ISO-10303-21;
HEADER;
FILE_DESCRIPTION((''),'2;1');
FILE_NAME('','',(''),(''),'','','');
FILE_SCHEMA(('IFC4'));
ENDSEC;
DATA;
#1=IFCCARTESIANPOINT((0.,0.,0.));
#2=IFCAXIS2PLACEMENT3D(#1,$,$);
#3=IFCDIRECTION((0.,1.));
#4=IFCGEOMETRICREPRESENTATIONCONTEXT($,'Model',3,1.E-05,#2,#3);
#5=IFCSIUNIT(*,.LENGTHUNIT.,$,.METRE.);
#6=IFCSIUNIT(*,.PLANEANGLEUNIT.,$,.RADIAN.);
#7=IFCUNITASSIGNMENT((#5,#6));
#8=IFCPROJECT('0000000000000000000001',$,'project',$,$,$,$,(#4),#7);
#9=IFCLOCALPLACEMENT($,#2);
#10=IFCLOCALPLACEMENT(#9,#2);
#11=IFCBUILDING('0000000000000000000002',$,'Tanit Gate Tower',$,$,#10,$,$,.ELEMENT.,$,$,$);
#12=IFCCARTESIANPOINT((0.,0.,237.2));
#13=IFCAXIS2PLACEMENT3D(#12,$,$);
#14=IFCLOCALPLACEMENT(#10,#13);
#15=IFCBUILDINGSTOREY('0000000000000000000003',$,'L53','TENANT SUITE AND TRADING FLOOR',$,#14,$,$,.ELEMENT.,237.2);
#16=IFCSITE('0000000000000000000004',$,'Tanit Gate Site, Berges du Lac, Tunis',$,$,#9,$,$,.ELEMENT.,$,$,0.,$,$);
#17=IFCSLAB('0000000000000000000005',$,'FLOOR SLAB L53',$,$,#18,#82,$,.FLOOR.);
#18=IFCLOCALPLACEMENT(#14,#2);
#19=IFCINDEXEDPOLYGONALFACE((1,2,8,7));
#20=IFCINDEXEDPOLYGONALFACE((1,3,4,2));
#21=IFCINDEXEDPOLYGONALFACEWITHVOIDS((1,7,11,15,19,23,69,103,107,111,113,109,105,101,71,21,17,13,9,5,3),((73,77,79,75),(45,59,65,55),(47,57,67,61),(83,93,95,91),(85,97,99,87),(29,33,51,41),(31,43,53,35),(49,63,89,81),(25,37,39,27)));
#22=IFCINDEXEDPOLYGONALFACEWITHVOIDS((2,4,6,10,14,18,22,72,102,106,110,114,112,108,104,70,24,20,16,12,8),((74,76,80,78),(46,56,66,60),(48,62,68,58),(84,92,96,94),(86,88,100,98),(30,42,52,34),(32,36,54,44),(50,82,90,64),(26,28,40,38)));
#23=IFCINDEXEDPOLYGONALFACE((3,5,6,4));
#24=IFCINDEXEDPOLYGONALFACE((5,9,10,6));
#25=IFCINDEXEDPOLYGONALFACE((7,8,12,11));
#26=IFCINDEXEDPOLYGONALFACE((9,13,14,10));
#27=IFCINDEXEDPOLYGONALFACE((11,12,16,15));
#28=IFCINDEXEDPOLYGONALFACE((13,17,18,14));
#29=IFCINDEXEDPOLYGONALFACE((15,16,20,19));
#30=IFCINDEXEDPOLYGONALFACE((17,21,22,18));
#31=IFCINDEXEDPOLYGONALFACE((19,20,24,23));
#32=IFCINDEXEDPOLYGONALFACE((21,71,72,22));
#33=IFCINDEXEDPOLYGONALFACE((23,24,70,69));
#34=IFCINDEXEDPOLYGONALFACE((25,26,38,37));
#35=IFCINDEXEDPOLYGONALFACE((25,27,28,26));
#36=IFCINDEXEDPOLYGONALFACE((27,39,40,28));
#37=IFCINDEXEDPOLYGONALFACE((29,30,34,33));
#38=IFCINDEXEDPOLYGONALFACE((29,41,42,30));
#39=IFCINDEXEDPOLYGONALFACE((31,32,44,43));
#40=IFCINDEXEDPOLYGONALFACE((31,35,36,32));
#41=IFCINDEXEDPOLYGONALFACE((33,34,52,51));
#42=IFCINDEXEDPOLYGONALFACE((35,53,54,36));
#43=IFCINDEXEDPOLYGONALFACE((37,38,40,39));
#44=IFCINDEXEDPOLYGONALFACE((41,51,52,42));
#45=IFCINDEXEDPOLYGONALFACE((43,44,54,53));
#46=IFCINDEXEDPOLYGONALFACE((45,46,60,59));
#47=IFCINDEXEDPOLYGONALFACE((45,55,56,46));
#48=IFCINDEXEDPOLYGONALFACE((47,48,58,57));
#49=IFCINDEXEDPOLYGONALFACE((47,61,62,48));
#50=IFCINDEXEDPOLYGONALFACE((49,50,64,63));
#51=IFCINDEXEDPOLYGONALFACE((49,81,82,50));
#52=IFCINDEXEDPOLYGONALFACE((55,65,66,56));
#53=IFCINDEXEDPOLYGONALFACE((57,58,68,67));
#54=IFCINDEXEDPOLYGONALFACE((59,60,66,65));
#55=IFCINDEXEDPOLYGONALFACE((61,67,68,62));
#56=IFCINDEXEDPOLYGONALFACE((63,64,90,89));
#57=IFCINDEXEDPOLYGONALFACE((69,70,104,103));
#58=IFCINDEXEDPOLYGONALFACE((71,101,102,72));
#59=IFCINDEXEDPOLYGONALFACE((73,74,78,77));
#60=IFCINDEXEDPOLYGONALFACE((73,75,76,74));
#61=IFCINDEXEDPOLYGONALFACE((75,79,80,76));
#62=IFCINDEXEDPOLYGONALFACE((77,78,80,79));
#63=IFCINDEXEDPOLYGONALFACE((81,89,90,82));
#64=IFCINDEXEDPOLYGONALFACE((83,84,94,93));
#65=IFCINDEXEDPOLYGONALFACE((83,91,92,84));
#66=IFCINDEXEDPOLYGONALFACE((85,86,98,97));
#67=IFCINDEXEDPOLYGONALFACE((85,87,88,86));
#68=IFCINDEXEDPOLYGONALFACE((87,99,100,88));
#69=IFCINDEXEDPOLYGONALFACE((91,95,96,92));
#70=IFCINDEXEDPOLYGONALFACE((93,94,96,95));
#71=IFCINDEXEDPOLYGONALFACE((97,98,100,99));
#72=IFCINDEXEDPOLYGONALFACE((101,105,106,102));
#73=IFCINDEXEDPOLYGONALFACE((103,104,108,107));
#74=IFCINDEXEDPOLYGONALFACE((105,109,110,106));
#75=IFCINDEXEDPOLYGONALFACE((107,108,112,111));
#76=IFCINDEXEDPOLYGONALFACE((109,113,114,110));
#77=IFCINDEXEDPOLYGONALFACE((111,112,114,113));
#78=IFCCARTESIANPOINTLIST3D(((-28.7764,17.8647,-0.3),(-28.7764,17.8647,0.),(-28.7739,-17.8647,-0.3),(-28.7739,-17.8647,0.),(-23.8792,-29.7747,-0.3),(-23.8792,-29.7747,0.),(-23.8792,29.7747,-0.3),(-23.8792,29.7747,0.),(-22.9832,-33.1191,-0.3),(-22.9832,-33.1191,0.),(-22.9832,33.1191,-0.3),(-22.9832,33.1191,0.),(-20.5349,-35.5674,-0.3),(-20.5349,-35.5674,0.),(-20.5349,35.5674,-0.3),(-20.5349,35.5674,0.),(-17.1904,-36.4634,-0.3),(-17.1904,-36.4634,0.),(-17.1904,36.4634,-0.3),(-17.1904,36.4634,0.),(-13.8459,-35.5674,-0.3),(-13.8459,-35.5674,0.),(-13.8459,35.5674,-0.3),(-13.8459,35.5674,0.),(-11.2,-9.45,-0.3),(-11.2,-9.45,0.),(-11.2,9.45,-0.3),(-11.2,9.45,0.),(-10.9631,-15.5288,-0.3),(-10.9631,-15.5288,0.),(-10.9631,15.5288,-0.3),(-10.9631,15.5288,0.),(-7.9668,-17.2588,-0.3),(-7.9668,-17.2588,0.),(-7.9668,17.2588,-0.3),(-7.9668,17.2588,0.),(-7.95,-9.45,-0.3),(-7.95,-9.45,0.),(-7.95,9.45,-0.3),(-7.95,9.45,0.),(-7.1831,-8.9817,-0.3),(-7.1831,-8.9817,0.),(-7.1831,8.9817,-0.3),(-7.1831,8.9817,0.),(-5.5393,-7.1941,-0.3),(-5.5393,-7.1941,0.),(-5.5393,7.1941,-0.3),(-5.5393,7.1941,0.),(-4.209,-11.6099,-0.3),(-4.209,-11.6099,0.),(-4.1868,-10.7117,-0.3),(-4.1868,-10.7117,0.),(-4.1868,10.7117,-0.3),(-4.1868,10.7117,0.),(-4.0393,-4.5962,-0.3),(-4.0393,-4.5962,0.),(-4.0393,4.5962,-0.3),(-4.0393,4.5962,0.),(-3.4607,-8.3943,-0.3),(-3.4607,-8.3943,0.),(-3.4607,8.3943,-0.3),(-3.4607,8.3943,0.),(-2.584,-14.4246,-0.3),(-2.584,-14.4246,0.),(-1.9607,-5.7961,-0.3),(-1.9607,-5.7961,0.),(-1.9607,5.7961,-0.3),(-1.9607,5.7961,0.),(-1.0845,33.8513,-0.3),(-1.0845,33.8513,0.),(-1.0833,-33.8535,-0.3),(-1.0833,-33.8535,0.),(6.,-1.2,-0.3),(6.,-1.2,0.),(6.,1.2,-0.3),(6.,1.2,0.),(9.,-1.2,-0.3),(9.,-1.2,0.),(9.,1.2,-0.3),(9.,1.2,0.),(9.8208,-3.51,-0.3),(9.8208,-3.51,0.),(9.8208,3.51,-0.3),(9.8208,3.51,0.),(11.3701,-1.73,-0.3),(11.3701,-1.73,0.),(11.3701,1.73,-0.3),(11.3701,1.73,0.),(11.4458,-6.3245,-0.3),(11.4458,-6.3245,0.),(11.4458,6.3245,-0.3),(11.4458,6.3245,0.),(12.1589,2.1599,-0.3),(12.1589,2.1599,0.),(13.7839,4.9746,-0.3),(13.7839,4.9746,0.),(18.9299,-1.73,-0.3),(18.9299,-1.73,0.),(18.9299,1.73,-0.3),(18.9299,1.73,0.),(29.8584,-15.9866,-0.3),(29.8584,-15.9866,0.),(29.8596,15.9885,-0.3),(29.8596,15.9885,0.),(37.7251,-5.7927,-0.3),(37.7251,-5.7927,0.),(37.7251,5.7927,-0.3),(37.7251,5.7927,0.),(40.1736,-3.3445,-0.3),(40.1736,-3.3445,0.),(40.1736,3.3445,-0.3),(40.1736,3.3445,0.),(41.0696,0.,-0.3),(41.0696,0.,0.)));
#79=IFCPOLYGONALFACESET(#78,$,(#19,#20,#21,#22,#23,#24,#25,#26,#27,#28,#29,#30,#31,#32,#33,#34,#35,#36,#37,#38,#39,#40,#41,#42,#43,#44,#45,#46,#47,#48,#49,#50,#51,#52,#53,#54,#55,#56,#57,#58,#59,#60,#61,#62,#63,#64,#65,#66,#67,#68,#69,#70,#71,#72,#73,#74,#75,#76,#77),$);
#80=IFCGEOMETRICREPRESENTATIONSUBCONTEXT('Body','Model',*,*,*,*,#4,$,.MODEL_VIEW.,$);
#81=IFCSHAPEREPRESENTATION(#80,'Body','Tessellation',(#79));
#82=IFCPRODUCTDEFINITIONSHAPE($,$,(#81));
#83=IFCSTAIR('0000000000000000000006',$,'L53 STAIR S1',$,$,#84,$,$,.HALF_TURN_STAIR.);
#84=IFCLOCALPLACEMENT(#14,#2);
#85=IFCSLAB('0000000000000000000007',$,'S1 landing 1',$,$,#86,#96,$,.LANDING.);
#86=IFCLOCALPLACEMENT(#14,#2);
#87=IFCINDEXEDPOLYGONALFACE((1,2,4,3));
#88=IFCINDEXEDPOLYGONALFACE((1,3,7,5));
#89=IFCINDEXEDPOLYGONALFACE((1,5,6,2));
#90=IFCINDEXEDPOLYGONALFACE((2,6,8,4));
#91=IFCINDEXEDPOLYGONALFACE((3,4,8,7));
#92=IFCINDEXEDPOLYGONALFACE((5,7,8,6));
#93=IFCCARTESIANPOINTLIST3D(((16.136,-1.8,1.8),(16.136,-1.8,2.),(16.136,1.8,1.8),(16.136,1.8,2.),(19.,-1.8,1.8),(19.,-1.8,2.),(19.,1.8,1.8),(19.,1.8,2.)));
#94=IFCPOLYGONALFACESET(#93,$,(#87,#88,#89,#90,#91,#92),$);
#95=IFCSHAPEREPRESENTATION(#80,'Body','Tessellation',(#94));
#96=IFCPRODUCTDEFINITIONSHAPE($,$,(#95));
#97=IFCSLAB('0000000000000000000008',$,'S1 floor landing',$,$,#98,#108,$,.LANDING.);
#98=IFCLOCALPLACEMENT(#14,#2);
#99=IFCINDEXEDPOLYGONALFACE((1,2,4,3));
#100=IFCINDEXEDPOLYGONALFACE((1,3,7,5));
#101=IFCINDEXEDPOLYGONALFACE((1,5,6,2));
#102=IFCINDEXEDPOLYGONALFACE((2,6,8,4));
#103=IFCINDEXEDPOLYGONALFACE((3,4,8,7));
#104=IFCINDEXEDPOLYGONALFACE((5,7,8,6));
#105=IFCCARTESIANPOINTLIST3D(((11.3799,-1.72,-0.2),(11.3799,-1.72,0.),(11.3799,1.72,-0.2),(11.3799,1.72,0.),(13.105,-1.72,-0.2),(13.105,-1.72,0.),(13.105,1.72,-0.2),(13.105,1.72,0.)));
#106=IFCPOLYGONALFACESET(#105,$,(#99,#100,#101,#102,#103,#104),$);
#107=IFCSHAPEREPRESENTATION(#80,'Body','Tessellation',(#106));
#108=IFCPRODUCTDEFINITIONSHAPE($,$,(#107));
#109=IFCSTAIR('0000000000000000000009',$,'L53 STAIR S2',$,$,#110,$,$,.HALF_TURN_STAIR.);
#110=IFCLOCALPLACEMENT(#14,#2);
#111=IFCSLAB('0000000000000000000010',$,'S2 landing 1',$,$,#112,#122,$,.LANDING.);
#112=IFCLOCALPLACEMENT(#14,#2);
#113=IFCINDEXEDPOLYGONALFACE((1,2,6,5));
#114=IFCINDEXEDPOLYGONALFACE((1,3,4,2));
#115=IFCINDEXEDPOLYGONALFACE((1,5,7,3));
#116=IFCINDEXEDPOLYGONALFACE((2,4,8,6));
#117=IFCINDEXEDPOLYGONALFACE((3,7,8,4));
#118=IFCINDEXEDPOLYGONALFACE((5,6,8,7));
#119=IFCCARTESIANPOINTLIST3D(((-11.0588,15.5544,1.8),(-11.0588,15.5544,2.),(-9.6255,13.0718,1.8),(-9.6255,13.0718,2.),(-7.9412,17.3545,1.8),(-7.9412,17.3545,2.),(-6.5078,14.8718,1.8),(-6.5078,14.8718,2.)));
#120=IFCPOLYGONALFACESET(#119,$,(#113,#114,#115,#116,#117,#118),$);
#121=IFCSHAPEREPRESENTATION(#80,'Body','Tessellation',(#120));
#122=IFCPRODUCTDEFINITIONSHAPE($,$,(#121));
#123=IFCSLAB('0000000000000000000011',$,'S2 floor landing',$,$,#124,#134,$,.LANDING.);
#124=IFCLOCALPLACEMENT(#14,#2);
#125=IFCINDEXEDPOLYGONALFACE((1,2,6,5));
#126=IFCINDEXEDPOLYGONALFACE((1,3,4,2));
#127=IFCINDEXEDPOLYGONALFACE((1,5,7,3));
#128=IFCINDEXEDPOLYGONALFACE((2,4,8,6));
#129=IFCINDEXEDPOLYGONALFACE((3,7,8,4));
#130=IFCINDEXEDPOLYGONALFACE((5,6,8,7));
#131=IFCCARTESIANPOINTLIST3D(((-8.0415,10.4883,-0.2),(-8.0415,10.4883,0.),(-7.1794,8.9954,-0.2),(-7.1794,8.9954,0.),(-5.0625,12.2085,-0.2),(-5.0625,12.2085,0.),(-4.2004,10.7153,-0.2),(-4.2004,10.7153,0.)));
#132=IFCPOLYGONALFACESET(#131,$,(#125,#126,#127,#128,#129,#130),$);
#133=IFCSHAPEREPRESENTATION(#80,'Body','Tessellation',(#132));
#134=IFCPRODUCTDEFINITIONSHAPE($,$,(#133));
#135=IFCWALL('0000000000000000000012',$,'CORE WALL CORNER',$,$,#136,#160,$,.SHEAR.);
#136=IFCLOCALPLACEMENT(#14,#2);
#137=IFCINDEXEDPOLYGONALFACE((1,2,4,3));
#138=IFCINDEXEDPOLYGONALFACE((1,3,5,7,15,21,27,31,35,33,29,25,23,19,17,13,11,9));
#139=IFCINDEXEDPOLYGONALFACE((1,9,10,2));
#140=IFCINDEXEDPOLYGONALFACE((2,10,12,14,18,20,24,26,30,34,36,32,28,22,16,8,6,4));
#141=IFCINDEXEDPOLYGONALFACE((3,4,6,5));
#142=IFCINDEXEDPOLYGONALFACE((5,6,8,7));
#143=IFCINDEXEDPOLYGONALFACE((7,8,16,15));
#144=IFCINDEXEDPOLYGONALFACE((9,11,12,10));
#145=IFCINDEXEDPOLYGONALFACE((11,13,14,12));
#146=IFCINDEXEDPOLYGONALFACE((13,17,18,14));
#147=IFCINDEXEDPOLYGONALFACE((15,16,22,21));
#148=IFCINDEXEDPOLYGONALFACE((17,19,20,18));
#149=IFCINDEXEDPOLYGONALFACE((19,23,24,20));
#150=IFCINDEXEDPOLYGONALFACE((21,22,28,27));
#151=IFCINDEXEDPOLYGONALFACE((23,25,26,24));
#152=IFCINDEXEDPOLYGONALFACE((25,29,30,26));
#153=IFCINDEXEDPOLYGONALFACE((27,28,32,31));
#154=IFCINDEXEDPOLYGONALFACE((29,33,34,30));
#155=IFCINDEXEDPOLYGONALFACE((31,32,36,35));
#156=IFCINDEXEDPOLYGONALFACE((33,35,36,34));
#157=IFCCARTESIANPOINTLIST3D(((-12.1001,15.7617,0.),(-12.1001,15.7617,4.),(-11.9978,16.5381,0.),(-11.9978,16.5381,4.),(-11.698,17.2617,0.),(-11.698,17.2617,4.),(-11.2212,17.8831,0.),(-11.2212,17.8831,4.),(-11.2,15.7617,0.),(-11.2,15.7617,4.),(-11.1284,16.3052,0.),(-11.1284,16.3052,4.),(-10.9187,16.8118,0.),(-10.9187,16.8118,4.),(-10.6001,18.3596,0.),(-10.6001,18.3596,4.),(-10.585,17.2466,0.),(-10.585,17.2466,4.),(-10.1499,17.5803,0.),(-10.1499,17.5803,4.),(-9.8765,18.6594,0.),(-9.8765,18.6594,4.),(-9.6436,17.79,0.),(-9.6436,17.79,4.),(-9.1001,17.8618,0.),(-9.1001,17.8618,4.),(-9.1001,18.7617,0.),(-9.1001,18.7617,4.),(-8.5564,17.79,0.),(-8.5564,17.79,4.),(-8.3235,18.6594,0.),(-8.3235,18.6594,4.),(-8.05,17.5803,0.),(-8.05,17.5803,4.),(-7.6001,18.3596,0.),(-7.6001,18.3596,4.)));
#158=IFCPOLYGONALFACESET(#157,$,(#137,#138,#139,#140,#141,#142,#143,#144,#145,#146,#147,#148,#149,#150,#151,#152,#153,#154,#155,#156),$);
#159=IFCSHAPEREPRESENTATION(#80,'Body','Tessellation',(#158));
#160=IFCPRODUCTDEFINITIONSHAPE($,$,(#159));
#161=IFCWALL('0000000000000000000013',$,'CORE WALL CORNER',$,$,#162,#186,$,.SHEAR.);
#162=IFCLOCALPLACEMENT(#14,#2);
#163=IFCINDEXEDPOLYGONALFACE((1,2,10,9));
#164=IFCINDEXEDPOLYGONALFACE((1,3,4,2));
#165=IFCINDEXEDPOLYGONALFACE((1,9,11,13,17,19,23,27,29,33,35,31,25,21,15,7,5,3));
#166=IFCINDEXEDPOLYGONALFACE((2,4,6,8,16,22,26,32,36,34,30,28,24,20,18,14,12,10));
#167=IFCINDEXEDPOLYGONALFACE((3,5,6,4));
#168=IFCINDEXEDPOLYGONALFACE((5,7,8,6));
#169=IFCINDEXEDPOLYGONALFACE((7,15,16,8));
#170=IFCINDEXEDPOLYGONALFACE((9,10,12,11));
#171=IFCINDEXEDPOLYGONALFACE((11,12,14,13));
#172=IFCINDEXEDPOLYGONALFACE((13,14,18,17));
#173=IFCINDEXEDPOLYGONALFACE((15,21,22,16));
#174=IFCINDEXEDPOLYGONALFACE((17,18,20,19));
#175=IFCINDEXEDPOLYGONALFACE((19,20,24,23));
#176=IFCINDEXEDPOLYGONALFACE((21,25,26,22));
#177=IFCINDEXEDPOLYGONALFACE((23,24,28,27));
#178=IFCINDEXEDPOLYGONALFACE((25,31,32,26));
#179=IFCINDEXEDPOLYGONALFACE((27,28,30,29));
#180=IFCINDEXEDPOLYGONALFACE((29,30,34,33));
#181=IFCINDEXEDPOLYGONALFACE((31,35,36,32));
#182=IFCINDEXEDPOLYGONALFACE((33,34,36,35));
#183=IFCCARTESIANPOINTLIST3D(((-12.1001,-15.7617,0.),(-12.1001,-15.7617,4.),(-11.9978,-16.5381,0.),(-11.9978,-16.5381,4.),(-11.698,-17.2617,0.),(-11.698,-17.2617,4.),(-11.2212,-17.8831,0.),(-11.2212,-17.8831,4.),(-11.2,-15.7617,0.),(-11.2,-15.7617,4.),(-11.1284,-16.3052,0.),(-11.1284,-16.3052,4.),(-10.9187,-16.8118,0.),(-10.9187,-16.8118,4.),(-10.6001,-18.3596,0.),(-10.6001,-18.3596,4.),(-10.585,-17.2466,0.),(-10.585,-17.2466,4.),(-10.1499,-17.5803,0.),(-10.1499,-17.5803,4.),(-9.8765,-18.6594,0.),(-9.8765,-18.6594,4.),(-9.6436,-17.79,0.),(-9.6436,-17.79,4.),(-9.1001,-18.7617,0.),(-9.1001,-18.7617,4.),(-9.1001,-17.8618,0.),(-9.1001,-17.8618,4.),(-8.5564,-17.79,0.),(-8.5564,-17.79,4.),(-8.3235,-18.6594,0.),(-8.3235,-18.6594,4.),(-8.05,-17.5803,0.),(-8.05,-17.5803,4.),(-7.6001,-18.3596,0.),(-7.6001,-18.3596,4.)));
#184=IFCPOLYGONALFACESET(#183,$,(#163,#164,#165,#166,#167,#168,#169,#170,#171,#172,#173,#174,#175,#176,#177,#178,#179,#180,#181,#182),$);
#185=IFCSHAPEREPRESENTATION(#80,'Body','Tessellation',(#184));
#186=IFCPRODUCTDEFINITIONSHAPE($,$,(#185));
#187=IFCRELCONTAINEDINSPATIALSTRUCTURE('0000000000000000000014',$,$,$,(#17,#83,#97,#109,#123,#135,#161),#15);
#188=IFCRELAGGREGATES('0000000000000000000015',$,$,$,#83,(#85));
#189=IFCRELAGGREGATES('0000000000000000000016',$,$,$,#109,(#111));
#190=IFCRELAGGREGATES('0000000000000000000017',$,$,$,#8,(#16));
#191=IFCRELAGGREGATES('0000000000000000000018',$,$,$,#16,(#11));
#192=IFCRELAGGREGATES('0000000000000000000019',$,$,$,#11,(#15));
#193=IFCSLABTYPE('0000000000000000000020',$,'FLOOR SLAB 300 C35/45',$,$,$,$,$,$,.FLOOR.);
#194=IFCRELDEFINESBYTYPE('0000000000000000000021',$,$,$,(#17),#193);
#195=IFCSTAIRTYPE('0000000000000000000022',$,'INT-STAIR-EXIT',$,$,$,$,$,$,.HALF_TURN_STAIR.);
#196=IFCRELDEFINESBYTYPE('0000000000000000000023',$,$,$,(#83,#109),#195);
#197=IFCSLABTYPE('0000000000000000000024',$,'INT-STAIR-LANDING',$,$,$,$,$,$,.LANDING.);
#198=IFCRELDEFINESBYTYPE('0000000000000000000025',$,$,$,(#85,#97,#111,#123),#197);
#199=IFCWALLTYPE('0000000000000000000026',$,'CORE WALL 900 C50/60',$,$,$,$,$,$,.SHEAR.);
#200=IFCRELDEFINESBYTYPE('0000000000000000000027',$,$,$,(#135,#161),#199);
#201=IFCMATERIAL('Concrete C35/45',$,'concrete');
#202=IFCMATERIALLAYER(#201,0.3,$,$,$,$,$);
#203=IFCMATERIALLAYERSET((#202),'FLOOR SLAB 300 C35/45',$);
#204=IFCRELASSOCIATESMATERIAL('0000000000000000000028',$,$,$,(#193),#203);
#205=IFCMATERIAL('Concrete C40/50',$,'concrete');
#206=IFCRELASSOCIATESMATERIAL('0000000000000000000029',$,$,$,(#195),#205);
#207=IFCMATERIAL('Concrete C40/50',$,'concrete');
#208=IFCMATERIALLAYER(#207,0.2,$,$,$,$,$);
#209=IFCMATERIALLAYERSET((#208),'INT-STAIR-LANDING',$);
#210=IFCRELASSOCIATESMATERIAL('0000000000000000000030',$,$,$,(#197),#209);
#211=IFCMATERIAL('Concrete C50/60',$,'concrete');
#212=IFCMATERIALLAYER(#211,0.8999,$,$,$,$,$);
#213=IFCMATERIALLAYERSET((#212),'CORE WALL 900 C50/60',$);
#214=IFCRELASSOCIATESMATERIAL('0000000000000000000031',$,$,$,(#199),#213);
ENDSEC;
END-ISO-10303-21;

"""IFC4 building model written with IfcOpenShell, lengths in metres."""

from ifc_helpers import new_model, si_unit, direction, frame, origin, place, context, subcontext, project, spatial, polyline, outline, extrude, material, layer, layer_set, type_object, element, aggregate, save


model = new_model("IFC4")

# Units and contexts
model_context = context("Model", 3, precision=1e-05, world=origin(), true_north=direction((0.0, 1.0)))
body_context = subcontext(model_context, "Body", "Model", "MODEL_VIEW")
ifc_project = project(units=[si_unit("LENGTHUNIT", "METRE"), si_unit("PLANEANGLEUNIT", "RADIAN")], contexts=[model_context])

# Site, building, storey
site_placement = place(None, origin())
site = spatial("IfcSite", under=ifc_project, at=site_placement, Name="Tanit Gate Site, Berges du Lac, Tunis", CompositionType="ELEMENT", RefElevation=0.0)
building_placement = place(site_placement, origin())
building = spatial("IfcBuilding", under=site, at=building_placement, Name="Tanit Gate Tower", CompositionType="ELEMENT")
storey_placement = place(building_placement, frame((0.0, 0.0, 237.2)))
storey = spatial("IfcBuildingStorey", under=building, at=storey_placement, Name="L53", Description="TENANT SUITE AND TRADING FLOOR", CompositionType="ELEMENT", Elevation=237.2)

# Slab
ifc_material_1 = material(Name="Concrete C35/45", Category="concrete")
ifc_layer_1 = layer(ifc_material_1, 0.3)
ifc_layer_set_1 = layer_set([ifc_layer_1], Name="FLOOR SLAB 300 C35/45")
slab_type_1 = type_object("IfcSlabType", Name="FLOOR SLAB 300 C35/45", PredefinedType="FLOOR", material=ifc_layer_set_1)
slab_1_placement = place(storey_placement, frame((0.0, 0.0, -0.3)))
element("IfcSlab", 1, at=slab_1_placement, inside=storey, type_object=slab_type_1, Name="FLOOR SLAB L53", PredefinedType="FLOOR", context=body_context, shape_type="SweptSolid", body=[
    extrude(outline(polyline([(37.7251, 5.7927), (40.1736, 3.3445), (41.0696, 0.0), (40.1736, -3.3445), (37.7251, -5.7927), (29.8584, -15.9866), (-1.0833, -33.8535), (-13.8459, -35.5674), (-17.1904, -36.4634), (-20.5349, -35.5674), (-22.9832, -33.1191), (-23.8792, -29.7747), (-28.7739, -17.8647), (-28.7764, 17.8647), (-23.8792, 29.7747), (-22.9832, 33.1191), (-20.5349, 35.5674), (-17.1904, 36.4634), (-13.8459, 35.5674), (-1.0845, 33.8513), (29.8596, 15.9885), (37.7251, 5.7927)]), holes=[polyline([(11.3701, 1.73), (18.9299, 1.73), (18.9299, -1.73), (11.3701, -1.73), (11.3701, 1.73)]), polyline([(9.8208, 3.51), (11.4458, 6.3245), (13.7839, 4.9746), (12.1589, 2.1599), (9.8208, 3.51)]), polyline([(-4.209, -11.6099), (9.8208, -3.51), (11.4458, -6.3245), (-2.584, -14.4246), (-4.209, -11.6099)]), polyline([(6.0, 1.2), (9.0, 1.2), (9.0, -1.2), (6.0, -1.2), (6.0, 1.2)]), polyline([(-5.5393, 7.1941), (-3.4607, 8.3943), (-1.9607, 5.7961), (-4.0393, 4.5962), (-5.5393, 7.1941)]), polyline([(-1.9607, -5.7961), (-3.4607, -8.3943), (-5.5393, -7.1941), (-4.0393, -4.5962), (-1.9607, -5.7961)]), polyline([(-10.9631, 15.5288), (-7.9668, 17.2588), (-4.1868, 10.7117), (-7.1831, 8.9817), (-10.9631, 15.5288)]), polyline([(-4.1868, -10.7117), (-7.9668, -17.2588), (-10.9631, -15.5288), (-7.1831, -8.9817), (-4.1868, -10.7117)]), polyline([(-11.2, -9.45), (-11.2, 9.45), (-7.95, 9.45), (-7.95, -9.45), (-11.2, -9.45)])]), origin(), (0.0, 0.0, 1.0), 0.3),
])

# Stair, slab
ifc_material_2 = material(Name="Concrete C40/50", Category="concrete")
stair_type = type_object("IfcStairType", Name="INT-STAIR-EXIT", PredefinedType="HALF_TURN_STAIR", material=ifc_material_2)
stair_1_placement = place(storey_placement, origin())
stair_1 = element("IfcStair", 2, at=stair_1_placement, inside=storey, type_object=stair_type, Name="L53 STAIR S1", PredefinedType="HALF_TURN_STAIR")
ifc_material_3 = material(Name="Concrete C40/50", Category="concrete")
ifc_layer_2 = layer(ifc_material_3, 0.2)
ifc_layer_set_2 = layer_set([ifc_layer_2], Name="INT-STAIR-LANDING")
slab_type_2 = type_object("IfcSlabType", Name="INT-STAIR-LANDING", PredefinedType="LANDING", material=ifc_layer_set_2)
slab_2_placement = place(storey_placement, frame((0.0, 0.0, 1.8)))
slab_2 = element("IfcSlab", 3, at=slab_2_placement, type_object=slab_type_2, Name="S1 landing 1", PredefinedType="LANDING", context=body_context, shape_type="SweptSolid", body=[
    extrude(outline(polyline([(16.136, -1.8), (19.0, -1.8), (19.0, 1.8), (16.136, 1.8), (16.136, -1.8)])), origin(), (0.0, 0.0, 1.0), 0.2),
])
aggregate(stair_1, [slab_2])

# Slab
slab_3_placement = place(storey_placement, frame((0.0, 0.0, -0.2)))
element("IfcSlab", 4, at=slab_3_placement, inside=storey, type_object=slab_type_2, Name="S1 floor landing", PredefinedType="LANDING", context=body_context, shape_type="SweptSolid", body=[
    extrude(outline(polyline([(11.3799, -1.72), (13.105, -1.72), (13.105, 1.72), (11.3799, 1.72), (11.3799, -1.72)])), origin(), (0.0, 0.0, 1.0), 0.2),
])

# Stair, slab
stair_2_placement = place(storey_placement, origin())
stair_2 = element("IfcStair", 5, at=stair_2_placement, inside=storey, type_object=stair_type, Name="L53 STAIR S2", PredefinedType="HALF_TURN_STAIR")
slab_4_placement = place(storey_placement, frame((0.0, 0.0, 1.8)))
slab_4 = element("IfcSlab", 6, at=slab_4_placement, type_object=slab_type_2, Name="S2 landing 1", PredefinedType="LANDING", context=body_context, shape_type="SweptSolid", body=[
    extrude(outline(polyline([(-6.5078, 14.8718), (-7.9412, 17.3545), (-11.0588, 15.5544), (-9.6255, 13.0718), (-6.5078, 14.8718)])), origin(), (0.0, 0.0, 1.0), 0.2),
])
aggregate(stair_2, [slab_4])

# Slab
slab_5_placement = place(storey_placement, frame((0.0, 0.0, -0.2)))
element("IfcSlab", 7, at=slab_5_placement, inside=storey, type_object=slab_type_2, Name="S2 floor landing", PredefinedType="LANDING", context=body_context, shape_type="SweptSolid", body=[
    extrude(outline(polyline([(-4.2004, 10.7153), (-5.0625, 12.2085), (-8.0415, 10.4883), (-7.1794, 8.9954), (-4.2004, 10.7153)])), origin(), (0.0, 0.0, 1.0), 0.2),
])

# Walls
ifc_material_4 = material(Name="Concrete C50/60", Category="concrete")
ifc_layer_3 = layer(ifc_material_4, 0.8999)
ifc_layer_set_3 = layer_set([ifc_layer_3], Name="CORE WALL 900 C50/60")
wall_type_1 = type_object("IfcWallType", Name="CORE WALL 900 C50/60", PredefinedType="SHEAR", material=ifc_layer_set_3)
wall_1_placement = place(storey_placement, origin())
element("IfcWall", 8, at=wall_1_placement, inside=storey, type_object=wall_type_1, Name="CORE WALL CORNER", PredefinedType="SHEAR", context=body_context, shape_type="SweptSolid", body=[
    extrude(outline(polyline([(-7.6001, 18.3596), (-8.3235, 18.6594), (-9.1001, 18.7617), (-9.8765, 18.6594), (-10.6001, 18.3596), (-11.2212, 17.8831), (-11.698, 17.2617), (-11.9978, 16.5381), (-12.1001, 15.7617), (-11.2, 15.7617), (-11.1284, 16.3052), (-10.9187, 16.8118), (-10.585, 17.2466), (-10.1499, 17.5803), (-9.6436, 17.79), (-9.1001, 17.8618), (-8.5564, 17.79), (-8.05, 17.5803), (-7.6001, 18.3596)])), origin(), (0.0, 0.0, 1.0), 4.0),
])
wall_2_placement = place(storey_placement, origin())
element("IfcWall", 9, at=wall_2_placement, inside=storey, type_object=wall_type_1, Name="CORE WALL CORNER", PredefinedType="SHEAR", context=body_context, shape_type="SweptSolid", body=[
    extrude(outline(polyline([(-12.1001, -15.7617), (-11.9978, -16.5381), (-11.698, -17.2617), (-11.2212, -17.8831), (-10.6001, -18.3596), (-9.8765, -18.6594), (-9.1001, -18.7617), (-8.3235, -18.6594), (-7.6001, -18.3596), (-8.05, -17.5803), (-8.5564, -17.79), (-9.1001, -17.8618), (-9.6436, -17.79), (-10.1499, -17.5803), (-10.585, -17.2466), (-10.9187, -16.8118), (-11.1284, -16.3052), (-11.2, -15.7617), (-12.1001, -15.7617)])), origin(), (0.0, 0.0, 1.0), 4.0),
])

save(model, "model.ifc")
